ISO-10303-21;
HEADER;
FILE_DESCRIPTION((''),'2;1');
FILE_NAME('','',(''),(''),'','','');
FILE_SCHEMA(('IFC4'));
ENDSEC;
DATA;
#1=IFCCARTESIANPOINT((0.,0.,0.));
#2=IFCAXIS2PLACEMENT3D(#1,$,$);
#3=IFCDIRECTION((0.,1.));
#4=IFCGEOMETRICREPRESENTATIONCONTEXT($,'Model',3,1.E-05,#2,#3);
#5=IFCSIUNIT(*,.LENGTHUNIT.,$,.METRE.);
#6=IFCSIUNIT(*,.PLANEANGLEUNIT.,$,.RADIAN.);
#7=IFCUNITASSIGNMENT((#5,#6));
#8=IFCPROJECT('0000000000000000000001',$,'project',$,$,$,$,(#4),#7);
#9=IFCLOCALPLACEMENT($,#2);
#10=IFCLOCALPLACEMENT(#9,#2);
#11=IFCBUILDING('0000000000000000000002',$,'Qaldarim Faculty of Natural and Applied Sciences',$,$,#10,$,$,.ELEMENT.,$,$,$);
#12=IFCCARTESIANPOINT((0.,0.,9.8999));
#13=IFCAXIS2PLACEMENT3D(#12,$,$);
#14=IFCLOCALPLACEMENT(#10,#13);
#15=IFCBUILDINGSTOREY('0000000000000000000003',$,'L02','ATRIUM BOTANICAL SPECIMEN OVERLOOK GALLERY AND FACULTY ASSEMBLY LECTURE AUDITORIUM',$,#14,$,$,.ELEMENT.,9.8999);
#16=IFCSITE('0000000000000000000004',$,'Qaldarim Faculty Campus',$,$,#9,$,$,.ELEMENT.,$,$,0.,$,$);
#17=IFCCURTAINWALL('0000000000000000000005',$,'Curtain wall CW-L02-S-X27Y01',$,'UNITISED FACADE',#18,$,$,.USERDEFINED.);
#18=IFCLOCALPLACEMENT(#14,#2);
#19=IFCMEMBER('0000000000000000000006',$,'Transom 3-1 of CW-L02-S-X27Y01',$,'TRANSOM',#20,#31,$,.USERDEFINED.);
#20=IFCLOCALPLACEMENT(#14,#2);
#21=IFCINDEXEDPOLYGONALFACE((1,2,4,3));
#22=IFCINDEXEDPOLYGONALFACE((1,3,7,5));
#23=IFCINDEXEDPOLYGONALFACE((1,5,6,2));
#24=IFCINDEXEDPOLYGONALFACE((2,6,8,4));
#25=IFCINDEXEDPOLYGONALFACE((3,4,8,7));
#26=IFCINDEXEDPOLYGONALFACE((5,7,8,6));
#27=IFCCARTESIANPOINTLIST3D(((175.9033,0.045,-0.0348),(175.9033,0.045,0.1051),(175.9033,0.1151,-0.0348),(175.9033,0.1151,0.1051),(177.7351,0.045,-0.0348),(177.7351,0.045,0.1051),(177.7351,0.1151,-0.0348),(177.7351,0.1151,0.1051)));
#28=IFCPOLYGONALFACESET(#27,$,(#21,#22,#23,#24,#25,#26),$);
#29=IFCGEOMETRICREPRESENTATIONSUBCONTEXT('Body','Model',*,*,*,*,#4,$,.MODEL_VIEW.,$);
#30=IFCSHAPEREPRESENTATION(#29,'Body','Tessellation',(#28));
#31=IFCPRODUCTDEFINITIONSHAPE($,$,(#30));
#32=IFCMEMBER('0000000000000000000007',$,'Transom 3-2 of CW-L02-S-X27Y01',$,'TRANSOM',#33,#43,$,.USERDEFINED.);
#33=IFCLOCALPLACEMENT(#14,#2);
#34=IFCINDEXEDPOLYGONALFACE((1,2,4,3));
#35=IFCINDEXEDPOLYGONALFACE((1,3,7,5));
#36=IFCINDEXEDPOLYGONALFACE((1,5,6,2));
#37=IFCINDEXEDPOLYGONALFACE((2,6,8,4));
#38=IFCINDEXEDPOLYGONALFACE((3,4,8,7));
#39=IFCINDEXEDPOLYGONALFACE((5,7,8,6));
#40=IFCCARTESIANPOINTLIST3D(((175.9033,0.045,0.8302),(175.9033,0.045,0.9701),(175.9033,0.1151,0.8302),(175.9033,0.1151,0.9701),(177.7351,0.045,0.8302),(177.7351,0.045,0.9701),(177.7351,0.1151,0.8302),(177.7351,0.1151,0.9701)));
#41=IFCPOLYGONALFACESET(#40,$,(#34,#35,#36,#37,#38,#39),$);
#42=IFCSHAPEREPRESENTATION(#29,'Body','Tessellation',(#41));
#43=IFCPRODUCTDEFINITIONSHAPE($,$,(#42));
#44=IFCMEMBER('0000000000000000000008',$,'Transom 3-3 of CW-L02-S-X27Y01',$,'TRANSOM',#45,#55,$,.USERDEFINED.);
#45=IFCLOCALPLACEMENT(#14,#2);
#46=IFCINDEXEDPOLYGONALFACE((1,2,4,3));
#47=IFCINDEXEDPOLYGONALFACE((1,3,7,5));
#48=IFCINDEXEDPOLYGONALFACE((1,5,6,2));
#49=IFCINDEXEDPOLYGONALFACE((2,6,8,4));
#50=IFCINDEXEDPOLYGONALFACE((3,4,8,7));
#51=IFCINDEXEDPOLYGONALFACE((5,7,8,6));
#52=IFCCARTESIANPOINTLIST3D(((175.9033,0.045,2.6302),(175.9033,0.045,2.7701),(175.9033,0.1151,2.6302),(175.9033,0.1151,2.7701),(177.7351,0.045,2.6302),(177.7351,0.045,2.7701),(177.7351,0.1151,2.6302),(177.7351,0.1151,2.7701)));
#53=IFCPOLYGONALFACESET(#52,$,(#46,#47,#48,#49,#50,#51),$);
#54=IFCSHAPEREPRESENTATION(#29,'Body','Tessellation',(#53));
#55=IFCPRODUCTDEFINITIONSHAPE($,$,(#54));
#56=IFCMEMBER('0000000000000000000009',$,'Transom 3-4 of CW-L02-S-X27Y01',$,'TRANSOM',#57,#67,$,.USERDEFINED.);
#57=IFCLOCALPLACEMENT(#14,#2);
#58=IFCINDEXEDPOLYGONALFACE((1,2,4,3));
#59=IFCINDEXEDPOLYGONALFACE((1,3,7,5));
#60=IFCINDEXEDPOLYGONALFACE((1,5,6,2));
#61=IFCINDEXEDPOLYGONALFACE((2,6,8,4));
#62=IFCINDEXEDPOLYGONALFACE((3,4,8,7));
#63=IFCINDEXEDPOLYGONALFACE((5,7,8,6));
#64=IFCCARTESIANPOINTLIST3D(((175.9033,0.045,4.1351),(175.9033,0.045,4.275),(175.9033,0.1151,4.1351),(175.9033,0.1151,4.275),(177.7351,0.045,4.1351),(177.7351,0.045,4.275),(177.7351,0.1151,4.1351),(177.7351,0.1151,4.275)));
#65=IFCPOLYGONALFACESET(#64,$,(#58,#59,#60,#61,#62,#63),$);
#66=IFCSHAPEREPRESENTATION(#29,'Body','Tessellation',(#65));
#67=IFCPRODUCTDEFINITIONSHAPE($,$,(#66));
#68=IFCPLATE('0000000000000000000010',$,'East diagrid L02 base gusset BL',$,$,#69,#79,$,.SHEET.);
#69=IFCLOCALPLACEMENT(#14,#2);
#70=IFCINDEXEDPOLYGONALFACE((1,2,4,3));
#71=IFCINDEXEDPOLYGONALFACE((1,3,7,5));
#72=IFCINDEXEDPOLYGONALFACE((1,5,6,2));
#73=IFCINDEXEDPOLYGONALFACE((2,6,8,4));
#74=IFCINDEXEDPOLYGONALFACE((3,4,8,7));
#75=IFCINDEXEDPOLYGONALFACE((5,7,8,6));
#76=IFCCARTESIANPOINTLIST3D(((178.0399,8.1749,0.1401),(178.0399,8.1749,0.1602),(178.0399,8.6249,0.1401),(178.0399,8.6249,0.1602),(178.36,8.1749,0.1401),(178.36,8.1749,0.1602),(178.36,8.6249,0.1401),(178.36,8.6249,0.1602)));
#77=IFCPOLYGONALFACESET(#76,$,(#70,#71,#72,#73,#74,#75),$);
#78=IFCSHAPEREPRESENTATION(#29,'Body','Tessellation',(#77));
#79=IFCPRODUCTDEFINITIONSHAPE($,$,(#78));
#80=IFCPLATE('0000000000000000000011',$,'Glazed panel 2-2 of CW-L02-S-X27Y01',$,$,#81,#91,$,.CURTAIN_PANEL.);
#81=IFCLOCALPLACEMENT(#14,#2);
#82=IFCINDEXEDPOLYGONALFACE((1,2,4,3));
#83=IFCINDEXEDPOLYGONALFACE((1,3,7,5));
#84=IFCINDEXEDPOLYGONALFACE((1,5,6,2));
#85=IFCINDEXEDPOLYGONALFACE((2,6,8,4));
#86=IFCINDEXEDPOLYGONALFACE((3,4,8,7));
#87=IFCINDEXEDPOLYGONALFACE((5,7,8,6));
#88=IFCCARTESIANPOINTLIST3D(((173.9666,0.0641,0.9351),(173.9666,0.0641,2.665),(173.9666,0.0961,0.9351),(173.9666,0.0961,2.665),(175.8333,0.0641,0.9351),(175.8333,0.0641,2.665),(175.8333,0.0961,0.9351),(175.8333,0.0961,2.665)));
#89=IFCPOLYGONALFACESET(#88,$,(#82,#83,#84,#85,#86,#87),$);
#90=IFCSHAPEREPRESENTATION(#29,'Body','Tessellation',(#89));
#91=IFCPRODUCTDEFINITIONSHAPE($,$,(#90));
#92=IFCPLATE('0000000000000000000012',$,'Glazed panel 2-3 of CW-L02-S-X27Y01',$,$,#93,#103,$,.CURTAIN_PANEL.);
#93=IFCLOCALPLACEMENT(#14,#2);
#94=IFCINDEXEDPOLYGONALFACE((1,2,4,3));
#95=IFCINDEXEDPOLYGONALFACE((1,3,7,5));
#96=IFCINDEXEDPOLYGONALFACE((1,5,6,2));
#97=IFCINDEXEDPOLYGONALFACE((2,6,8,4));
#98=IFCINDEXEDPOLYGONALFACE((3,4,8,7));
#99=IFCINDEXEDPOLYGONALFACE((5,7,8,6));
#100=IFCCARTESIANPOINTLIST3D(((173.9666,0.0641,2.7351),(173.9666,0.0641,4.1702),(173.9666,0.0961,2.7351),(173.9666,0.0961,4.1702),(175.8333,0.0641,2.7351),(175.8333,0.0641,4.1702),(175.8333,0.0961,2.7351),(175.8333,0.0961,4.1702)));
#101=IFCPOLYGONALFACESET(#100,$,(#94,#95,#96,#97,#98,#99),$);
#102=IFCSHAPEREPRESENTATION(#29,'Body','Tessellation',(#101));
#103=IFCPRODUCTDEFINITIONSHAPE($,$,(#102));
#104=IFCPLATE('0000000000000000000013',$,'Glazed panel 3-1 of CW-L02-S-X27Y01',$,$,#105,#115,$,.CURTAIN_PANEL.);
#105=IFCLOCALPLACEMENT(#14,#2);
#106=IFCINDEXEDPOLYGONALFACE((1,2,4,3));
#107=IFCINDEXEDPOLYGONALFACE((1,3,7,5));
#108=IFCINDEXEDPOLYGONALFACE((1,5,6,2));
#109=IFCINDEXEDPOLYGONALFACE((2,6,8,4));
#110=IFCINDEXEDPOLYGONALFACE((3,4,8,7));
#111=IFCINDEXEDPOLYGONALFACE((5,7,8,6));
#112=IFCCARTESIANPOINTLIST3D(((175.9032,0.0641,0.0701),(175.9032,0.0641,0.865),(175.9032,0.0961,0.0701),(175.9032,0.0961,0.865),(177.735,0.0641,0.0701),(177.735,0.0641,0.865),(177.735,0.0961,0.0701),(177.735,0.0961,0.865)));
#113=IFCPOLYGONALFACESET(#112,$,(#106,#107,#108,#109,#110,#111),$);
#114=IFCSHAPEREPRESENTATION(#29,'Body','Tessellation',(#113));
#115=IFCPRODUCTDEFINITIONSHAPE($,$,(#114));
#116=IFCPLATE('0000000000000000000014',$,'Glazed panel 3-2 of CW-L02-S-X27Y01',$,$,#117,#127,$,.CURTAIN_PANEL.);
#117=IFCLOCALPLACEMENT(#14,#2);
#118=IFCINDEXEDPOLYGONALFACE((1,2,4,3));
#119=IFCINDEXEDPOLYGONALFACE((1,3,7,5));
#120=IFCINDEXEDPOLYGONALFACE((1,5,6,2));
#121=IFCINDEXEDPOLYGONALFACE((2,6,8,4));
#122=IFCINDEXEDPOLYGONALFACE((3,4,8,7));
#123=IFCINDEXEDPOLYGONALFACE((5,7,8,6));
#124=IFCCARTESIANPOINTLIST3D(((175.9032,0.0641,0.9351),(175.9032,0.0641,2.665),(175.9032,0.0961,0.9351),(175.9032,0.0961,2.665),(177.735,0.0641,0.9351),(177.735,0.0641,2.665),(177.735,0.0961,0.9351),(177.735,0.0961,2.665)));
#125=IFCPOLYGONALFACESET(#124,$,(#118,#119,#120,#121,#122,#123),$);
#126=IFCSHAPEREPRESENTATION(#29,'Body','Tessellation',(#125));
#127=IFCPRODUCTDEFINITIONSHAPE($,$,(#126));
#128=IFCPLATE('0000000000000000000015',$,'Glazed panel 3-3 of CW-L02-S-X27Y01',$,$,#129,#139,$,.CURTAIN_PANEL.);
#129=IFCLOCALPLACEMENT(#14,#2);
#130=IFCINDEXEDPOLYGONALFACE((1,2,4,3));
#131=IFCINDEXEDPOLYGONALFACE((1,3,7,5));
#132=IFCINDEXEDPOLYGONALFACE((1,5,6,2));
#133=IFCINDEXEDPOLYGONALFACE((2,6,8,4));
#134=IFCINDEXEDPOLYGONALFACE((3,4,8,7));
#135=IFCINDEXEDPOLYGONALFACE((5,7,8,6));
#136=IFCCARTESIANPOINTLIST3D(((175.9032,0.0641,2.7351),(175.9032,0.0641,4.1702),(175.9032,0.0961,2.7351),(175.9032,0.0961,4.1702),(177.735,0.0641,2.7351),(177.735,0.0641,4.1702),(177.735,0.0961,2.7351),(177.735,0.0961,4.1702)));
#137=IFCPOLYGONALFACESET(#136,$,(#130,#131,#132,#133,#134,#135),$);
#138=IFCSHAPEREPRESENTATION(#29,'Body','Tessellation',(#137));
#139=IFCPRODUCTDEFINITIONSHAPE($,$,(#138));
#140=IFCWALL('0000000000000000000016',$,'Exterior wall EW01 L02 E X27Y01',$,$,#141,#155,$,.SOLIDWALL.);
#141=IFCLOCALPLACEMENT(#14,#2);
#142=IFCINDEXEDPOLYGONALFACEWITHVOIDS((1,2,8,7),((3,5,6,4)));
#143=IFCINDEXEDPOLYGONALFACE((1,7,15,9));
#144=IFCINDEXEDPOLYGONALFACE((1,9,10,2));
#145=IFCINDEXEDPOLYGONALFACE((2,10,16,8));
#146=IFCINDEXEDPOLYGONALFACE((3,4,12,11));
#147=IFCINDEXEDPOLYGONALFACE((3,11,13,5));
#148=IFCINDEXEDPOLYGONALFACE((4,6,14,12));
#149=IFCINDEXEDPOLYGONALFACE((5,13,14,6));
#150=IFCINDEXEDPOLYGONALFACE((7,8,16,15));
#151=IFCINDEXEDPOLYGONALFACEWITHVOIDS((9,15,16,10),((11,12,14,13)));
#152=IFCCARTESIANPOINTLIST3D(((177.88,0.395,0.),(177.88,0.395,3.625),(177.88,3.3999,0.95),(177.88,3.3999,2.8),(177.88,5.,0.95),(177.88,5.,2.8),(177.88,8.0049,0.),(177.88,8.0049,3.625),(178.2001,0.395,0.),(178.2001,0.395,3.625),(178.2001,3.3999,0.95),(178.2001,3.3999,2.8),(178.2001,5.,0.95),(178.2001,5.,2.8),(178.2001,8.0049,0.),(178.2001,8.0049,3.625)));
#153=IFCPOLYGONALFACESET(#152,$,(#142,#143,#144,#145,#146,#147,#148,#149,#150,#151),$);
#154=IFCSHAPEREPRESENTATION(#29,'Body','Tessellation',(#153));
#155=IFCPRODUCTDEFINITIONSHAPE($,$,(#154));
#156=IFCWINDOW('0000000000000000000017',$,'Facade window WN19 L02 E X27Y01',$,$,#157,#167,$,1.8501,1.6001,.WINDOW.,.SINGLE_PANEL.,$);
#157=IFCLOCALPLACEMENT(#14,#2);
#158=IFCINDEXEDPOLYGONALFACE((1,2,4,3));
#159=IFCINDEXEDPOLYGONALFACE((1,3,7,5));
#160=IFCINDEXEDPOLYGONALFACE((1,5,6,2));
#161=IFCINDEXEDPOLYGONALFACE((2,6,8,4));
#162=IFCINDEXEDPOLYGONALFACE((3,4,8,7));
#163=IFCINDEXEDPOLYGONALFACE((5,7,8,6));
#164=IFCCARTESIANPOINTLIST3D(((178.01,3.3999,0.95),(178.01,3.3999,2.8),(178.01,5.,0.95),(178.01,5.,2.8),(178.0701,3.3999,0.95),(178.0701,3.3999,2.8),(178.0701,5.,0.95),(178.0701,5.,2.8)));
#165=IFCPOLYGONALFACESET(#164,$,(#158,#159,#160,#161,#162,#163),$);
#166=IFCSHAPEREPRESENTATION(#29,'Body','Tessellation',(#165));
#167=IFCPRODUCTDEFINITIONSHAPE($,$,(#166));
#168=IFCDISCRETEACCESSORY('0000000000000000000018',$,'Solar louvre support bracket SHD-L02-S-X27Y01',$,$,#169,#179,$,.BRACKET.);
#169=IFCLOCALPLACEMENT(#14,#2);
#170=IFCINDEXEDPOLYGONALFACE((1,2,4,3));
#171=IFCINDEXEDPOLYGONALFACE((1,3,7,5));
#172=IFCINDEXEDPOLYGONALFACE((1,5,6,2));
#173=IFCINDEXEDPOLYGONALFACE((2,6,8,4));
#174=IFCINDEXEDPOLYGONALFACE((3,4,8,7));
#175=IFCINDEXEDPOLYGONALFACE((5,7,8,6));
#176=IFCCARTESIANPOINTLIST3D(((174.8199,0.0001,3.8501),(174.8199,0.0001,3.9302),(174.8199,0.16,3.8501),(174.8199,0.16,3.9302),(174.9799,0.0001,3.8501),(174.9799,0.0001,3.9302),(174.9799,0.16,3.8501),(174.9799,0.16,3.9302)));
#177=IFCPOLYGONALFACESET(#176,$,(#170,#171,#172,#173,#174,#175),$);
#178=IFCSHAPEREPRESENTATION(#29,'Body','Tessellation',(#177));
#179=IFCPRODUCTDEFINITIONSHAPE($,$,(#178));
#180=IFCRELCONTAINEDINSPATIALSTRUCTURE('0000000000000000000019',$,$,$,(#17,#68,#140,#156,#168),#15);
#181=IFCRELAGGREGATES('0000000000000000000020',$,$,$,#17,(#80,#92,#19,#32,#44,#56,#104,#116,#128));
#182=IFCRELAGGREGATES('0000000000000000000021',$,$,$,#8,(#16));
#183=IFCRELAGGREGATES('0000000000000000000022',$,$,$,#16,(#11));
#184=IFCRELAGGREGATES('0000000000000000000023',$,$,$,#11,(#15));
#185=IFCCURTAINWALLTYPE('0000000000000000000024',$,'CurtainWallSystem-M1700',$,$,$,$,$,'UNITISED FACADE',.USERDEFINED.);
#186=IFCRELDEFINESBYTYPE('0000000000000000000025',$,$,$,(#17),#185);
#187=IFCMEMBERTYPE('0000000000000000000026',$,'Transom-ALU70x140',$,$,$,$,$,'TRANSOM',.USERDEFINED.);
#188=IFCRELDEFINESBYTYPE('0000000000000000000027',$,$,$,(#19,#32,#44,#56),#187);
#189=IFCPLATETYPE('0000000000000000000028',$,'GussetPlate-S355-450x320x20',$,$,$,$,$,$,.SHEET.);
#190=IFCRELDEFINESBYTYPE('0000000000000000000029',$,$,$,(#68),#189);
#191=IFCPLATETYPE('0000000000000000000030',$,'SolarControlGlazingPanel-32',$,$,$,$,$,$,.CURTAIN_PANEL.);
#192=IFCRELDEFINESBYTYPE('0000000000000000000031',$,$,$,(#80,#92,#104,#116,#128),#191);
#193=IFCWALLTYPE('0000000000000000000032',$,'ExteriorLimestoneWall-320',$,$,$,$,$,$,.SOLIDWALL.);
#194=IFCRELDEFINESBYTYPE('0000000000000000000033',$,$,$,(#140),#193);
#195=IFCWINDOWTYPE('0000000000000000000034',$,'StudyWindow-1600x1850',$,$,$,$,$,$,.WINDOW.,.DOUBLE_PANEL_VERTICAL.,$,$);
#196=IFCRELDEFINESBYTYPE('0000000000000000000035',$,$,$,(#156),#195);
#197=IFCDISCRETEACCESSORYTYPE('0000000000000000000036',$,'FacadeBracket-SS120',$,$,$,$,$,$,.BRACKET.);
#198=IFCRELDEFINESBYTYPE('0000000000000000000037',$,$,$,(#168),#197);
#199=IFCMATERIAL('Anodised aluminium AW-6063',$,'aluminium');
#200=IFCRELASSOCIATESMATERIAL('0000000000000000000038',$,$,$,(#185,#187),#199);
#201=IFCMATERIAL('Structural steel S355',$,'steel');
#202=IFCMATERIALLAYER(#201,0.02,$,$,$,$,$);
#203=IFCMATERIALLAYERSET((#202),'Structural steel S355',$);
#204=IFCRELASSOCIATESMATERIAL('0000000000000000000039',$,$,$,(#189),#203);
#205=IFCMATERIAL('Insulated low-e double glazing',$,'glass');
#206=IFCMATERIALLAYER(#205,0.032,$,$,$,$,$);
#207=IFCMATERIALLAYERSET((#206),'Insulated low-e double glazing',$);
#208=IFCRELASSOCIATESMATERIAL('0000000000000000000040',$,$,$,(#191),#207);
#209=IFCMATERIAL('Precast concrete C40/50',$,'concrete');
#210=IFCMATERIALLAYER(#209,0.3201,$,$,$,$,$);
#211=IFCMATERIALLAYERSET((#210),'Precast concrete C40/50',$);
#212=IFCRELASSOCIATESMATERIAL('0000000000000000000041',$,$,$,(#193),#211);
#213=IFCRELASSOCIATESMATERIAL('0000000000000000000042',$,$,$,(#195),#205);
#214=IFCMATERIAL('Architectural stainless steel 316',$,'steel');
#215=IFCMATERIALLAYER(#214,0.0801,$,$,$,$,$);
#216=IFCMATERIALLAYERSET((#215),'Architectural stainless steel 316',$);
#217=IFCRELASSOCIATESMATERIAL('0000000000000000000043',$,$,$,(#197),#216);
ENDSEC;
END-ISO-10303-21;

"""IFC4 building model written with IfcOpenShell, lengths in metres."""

from ifc_helpers import new_model, si_unit, direction, frame, frame_2d, origin, origin_2d, place, context, subcontext, project, spatial, rectangle, extrude, material, layer, layer_set, material_profile, profile_set, type_object, element, fill, aggregate, save


model = new_model("IFC4")

# Units and contexts
model_context = context("Model", 3, precision=1e-05, world=origin(), true_north=direction((0.0, 1.0)))
body_context = subcontext(model_context, "Body", "Model", "MODEL_VIEW")
ifc_project = project(units=[si_unit("LENGTHUNIT", "METRE"), si_unit("PLANEANGLEUNIT", "RADIAN")], contexts=[model_context])

# Site, building, storey
site_placement = place(None, origin())
site = spatial("IfcSite", under=ifc_project, at=site_placement, Name="Qaldarim Faculty Campus", CompositionType="ELEMENT", RefElevation=0.0)
building_placement = place(site_placement, origin())
building = spatial("IfcBuilding", under=site, at=building_placement, Name="Qaldarim Faculty of Natural and Applied Sciences", CompositionType="ELEMENT")
storey_placement = place(building_placement, frame((0.0, 0.0, 9.8999)))
storey = spatial("IfcBuildingStorey", under=building, at=storey_placement, Name="L02", Description="ATRIUM BOTANICAL SPECIMEN OVERLOOK GALLERY AND FACULTY ASSEMBLY LECTURE AUDITORIUM", CompositionType="ELEMENT", Elevation=9.8999)

# Shared definitions
ifc_material_1 = material(Name="Structural steel S355", Category="steel")

# Curtain wall
ifc_material_2 = material(Name="Anodised aluminium AW-6063", Category="aluminium")
curtain_wall_type = type_object("IfcCurtainWallType", Name="CurtainWallSystem-M1700", ElementType="UNITISED FACADE", PredefinedType="USERDEFINED", material=ifc_material_2)
curtain_wall_placement = place(storey_placement, origin())
curtain_wall = element("IfcCurtainWall", 1, at=curtain_wall_placement, inside=storey, type_object=curtain_wall_type, Name="Curtain wall CW-L02-S-X27Y01", ObjectType="UNITISED FACADE", PredefinedType="USERDEFINED")

# Members
ifc_material_profile_1 = material_profile(ifc_material_2, rectangle(XDim=0.0701, YDim=0.1399, at=origin_2d()), Name="ALU-T70x140")
ifc_profile_set_1 = profile_set([ifc_material_profile_1], Name="Anodised aluminium AW-6063")
member_type_1 = type_object("IfcMemberType", Name="Transom-ALU70x140", ElementType="TRANSOM", PredefinedType="USERDEFINED", material=ifc_profile_set_1)
member_1_placement = place(storey_placement, frame((175.9033, 0.0801, 0.0352), z_axis=(1.0, 0.0, 0.0), x_axis=(0.0, 1.0, 0.0)))
member_1 = element("IfcMember", 2, at=member_1_placement, type_object=member_type_1, Name="Transom 3-1 of CW-L02-S-X27Y01", ObjectType="TRANSOM", PredefinedType="USERDEFINED", context=body_context, shape_type="SweptSolid", body=[
    extrude(rectangle(XDim=0.0701, YDim=0.1399, at=origin_2d()), origin(), (0.0, 0.0, 1.0), 1.8318),
])
member_2_placement = place(storey_placement, frame((175.9033, 0.0801, 0.9001), z_axis=(1.0, 0.0, 0.0), x_axis=(0.0, 1.0, 0.0)))
member_2 = element("IfcMember", 3, at=member_2_placement, type_object=member_type_1, Name="Transom 3-2 of CW-L02-S-X27Y01", ObjectType="TRANSOM", PredefinedType="USERDEFINED", context=body_context, shape_type="SweptSolid", body=[
    extrude(rectangle(XDim=0.0701, YDim=0.1399, at=origin_2d()), origin(), (0.0, 0.0, 1.0), 1.8318),
])
member_3_placement = place(storey_placement, frame((175.9033, 0.0801, 2.7002), z_axis=(1.0, 0.0, 0.0), x_axis=(0.0, 1.0, 0.0)))
member_3 = element("IfcMember", 4, at=member_3_placement, type_object=member_type_1, Name="Transom 3-3 of CW-L02-S-X27Y01", ObjectType="TRANSOM", PredefinedType="USERDEFINED", context=body_context, shape_type="SweptSolid", body=[
    extrude(rectangle(XDim=0.0701, YDim=0.1399, at=origin_2d()), origin(), (0.0, 0.0, 1.0), 1.8318),
])
member_4_placement = place(storey_placement, frame((175.9033, 0.0801, 4.2051), z_axis=(1.0, 0.0, 0.0), x_axis=(0.0, 1.0, 0.0)))
member_4 = element("IfcMember", 5, at=member_4_placement, type_object=member_type_1, Name="Transom 3-4 of CW-L02-S-X27Y01", ObjectType="TRANSOM", PredefinedType="USERDEFINED", context=body_context, shape_type="SweptSolid", body=[
    extrude(rectangle(XDim=0.0701, YDim=0.1399, at=origin_2d()), origin(), (0.0, 0.0, 1.0), 1.8318),
])

# Plates
ifc_layer_1 = layer(ifc_material_1, 0.02)
ifc_layer_set_1 = layer_set([ifc_layer_1], Name="Structural steel S355")
plate_type_1 = type_object("IfcPlateType", Name="GussetPlate-S355-450x320x20", PredefinedType="SHEET", material=ifc_layer_set_1)
plate_1_placement = place(storey_placement, frame((178.2, 8.3999, 0.1401), z_axis=(0.0, 0.0, 1.0), x_axis=(0.0, 1.0, 0.0)))
element("IfcPlate", 6, at=plate_1_placement, inside=storey, type_object=plate_type_1, Name="East diagrid L02 base gusset BL", PredefinedType="SHEET", context=body_context, shape_type="SweptSolid", body=[
    extrude(rectangle(XDim=0.45, YDim=0.3201, at=origin_2d()), origin(), (0.0, 0.0, 1.0), 0.02),
])
ifc_material_3 = material(Name="Insulated low-e double glazing", Category="glass")
ifc_layer_2 = layer(ifc_material_3, 0.032)
ifc_layer_set_2 = layer_set([ifc_layer_2], Name="Insulated low-e double glazing")
plate_type_2 = type_object("IfcPlateType", Name="SolarControlGlazingPanel-32", PredefinedType="CURTAIN_PANEL", material=ifc_layer_set_2)
plate_2_placement = place(storey_placement, frame((174.8999, 0.0801, 0.9351), z_axis=(0.0, 0.0, 1.0), x_axis=(1.0, 0.0, 0.0)))
plate_2 = element("IfcPlate", 7, at=plate_2_placement, type_object=plate_type_2, Name="Glazed panel 2-2 of CW-L02-S-X27Y01", PredefinedType="CURTAIN_PANEL", context=body_context, shape_type="SweptSolid", body=[
    extrude(rectangle(XDim=1.8667, YDim=0.032, at=origin_2d()), origin(), (0.0, 0.0, 1.0), 1.73),
])
plate_3_placement = place(storey_placement, frame((174.8999, 0.0801, 2.7351), z_axis=(0.0, 0.0, 1.0), x_axis=(1.0, 0.0, 0.0)))
plate_3 = element("IfcPlate", 8, at=plate_3_placement, type_object=plate_type_2, Name="Glazed panel 2-3 of CW-L02-S-X27Y01", PredefinedType="CURTAIN_PANEL", context=body_context, shape_type="SweptSolid", body=[
    extrude(rectangle(XDim=1.8667, YDim=0.032, at=origin_2d()), origin(), (0.0, 0.0, 1.0), 1.4351),
])
plate_4_placement = place(storey_placement, frame((176.8191, 0.0801, 0.0701), z_axis=(0.0, 0.0, 1.0), x_axis=(1.0, 0.0, 0.0)))
plate_4 = element("IfcPlate", 9, at=plate_4_placement, type_object=plate_type_2, Name="Glazed panel 3-1 of CW-L02-S-X27Y01", PredefinedType="CURTAIN_PANEL", context=body_context, shape_type="SweptSolid", body=[
    extrude(rectangle(XDim=1.8318, YDim=0.032, at=origin_2d()), origin(), (0.0, 0.0, 1.0), 0.7949),
])
plate_5_placement = place(storey_placement, frame((176.8191, 0.0801, 0.9351), z_axis=(0.0, 0.0, 1.0), x_axis=(1.0, 0.0, 0.0)))
plate_5 = element("IfcPlate", 10, at=plate_5_placement, type_object=plate_type_2, Name="Glazed panel 3-2 of CW-L02-S-X27Y01", PredefinedType="CURTAIN_PANEL", context=body_context, shape_type="SweptSolid", body=[
    extrude(rectangle(XDim=1.8318, YDim=0.032, at=origin_2d()), origin(), (0.0, 0.0, 1.0), 1.73),
])
plate_6_placement = place(storey_placement, frame((176.8191, 0.0801, 2.7351), z_axis=(0.0, 0.0, 1.0), x_axis=(1.0, 0.0, 0.0)))
plate_6 = element("IfcPlate", 11, at=plate_6_placement, type_object=plate_type_2, Name="Glazed panel 3-3 of CW-L02-S-X27Y01", PredefinedType="CURTAIN_PANEL", context=body_context, shape_type="SweptSolid", body=[
    extrude(rectangle(XDim=1.8318, YDim=0.032, at=origin_2d()), origin(), (0.0, 0.0, 1.0), 1.4351),
])
aggregate(curtain_wall, [plate_2, plate_3, member_1, member_2, member_3, member_4, plate_4, plate_5, plate_6])

# Wall, opening, window
ifc_material_4 = material(Name="Precast concrete C40/50", Category="concrete")
ifc_layer_3 = layer(ifc_material_4, 0.3201)
ifc_layer_set_3 = layer_set([ifc_layer_3], Name="Precast concrete C40/50")
wall_type = type_object("IfcWallType", Name="ExteriorLimestoneWall-320", PredefinedType="SOLIDWALL", material=ifc_layer_set_3)
wall_placement = place(storey_placement, frame((178.04, 0.395, 0.0), z_axis=(0.0, 0.0, 1.0), x_axis=(0.0, 1.0, 0.0)))
wall = element("IfcWall", 12, at=wall_placement, inside=storey, type_object=wall_type, Name="Exterior wall EW01 L02 E X27Y01", PredefinedType="SOLIDWALL", context=body_context, shape_type="SweptSolid", body=[
    extrude(rectangle(XDim=7.6099, YDim=0.3201, at=frame_2d((3.8049, 0.0))), origin(), (0.0, 0.0, 1.0), 3.625),
])
opening_placement = place(wall_placement, frame((3.0049, 0.0, 0.95)))
opening = element("IfcOpeningElement", 13, at=opening_placement, cuts=wall, PredefinedType="OPENING", context=body_context, shape_type="SweptSolid", body=[
    extrude(rectangle(XDim=1.6001, YDim=1.8501, at=frame_2d((0.8, 0.925))), frame((0.0, 0.1699, 0.0), z_axis=(0.0, -1.0, 0.0), x_axis=(1.0, 0.0, 0.0)), (0.0, 0.0, 1.0), 0.3401),
])
window_type = type_object("IfcWindowType", Name="StudyWindow-1600x1850", PartitioningType="DOUBLE_PANEL_VERTICAL", PredefinedType="WINDOW", material=ifc_material_3)
window_placement = place(opening_placement, origin())
window = element("IfcWindow", 14, at=window_placement, inside=storey, type_object=window_type, Name="Facade window WN19 L02 E X27Y01", OverallHeight=1.8501, OverallWidth=1.6001, PartitioningType="SINGLE_PANEL", PredefinedType="WINDOW", context=body_context, shape_type="SweptSolid", body=[
    extrude(rectangle(XDim=1.6001, YDim=1.8501, at=frame_2d((0.8, 0.925))), frame((0.0, 0.03, 0.0), z_axis=(0.0, -1.0, 0.0), x_axis=(1.0, 0.0, 0.0)), (0.0, 0.0, 1.0), 0.0601),
])
fill(opening, window)

# Discrete accessory
ifc_material_5 = material(Name="Architectural stainless steel 316", Category="steel")
ifc_layer_4 = layer(ifc_material_5, 0.0801)
ifc_layer_set_4 = layer_set([ifc_layer_4], Name="Architectural stainless steel 316")
discrete_accessory_type = type_object("IfcDiscreteAccessoryType", Name="FacadeBracket-SS120", PredefinedType="BRACKET", material=ifc_layer_set_4)
discrete_accessory_placement = place(storey_placement, frame((174.8999, 0.0801, 3.8501), z_axis=(0.0, 0.0, 1.0), x_axis=(1.0, 0.0, 0.0)))
element("IfcDiscreteAccessory", 15, at=discrete_accessory_placement, inside=storey, type_object=discrete_accessory_type, Name="Solar louvre support bracket SHD-L02-S-X27Y01", PredefinedType="BRACKET", context=body_context, shape_type="SweptSolid", body=[
    extrude(rectangle(XDim=0.1599, YDim=0.1599, at=origin_2d()), origin(), (0.0, 0.0, 1.0), 0.0801),
])

save(model, "model.ifc")
